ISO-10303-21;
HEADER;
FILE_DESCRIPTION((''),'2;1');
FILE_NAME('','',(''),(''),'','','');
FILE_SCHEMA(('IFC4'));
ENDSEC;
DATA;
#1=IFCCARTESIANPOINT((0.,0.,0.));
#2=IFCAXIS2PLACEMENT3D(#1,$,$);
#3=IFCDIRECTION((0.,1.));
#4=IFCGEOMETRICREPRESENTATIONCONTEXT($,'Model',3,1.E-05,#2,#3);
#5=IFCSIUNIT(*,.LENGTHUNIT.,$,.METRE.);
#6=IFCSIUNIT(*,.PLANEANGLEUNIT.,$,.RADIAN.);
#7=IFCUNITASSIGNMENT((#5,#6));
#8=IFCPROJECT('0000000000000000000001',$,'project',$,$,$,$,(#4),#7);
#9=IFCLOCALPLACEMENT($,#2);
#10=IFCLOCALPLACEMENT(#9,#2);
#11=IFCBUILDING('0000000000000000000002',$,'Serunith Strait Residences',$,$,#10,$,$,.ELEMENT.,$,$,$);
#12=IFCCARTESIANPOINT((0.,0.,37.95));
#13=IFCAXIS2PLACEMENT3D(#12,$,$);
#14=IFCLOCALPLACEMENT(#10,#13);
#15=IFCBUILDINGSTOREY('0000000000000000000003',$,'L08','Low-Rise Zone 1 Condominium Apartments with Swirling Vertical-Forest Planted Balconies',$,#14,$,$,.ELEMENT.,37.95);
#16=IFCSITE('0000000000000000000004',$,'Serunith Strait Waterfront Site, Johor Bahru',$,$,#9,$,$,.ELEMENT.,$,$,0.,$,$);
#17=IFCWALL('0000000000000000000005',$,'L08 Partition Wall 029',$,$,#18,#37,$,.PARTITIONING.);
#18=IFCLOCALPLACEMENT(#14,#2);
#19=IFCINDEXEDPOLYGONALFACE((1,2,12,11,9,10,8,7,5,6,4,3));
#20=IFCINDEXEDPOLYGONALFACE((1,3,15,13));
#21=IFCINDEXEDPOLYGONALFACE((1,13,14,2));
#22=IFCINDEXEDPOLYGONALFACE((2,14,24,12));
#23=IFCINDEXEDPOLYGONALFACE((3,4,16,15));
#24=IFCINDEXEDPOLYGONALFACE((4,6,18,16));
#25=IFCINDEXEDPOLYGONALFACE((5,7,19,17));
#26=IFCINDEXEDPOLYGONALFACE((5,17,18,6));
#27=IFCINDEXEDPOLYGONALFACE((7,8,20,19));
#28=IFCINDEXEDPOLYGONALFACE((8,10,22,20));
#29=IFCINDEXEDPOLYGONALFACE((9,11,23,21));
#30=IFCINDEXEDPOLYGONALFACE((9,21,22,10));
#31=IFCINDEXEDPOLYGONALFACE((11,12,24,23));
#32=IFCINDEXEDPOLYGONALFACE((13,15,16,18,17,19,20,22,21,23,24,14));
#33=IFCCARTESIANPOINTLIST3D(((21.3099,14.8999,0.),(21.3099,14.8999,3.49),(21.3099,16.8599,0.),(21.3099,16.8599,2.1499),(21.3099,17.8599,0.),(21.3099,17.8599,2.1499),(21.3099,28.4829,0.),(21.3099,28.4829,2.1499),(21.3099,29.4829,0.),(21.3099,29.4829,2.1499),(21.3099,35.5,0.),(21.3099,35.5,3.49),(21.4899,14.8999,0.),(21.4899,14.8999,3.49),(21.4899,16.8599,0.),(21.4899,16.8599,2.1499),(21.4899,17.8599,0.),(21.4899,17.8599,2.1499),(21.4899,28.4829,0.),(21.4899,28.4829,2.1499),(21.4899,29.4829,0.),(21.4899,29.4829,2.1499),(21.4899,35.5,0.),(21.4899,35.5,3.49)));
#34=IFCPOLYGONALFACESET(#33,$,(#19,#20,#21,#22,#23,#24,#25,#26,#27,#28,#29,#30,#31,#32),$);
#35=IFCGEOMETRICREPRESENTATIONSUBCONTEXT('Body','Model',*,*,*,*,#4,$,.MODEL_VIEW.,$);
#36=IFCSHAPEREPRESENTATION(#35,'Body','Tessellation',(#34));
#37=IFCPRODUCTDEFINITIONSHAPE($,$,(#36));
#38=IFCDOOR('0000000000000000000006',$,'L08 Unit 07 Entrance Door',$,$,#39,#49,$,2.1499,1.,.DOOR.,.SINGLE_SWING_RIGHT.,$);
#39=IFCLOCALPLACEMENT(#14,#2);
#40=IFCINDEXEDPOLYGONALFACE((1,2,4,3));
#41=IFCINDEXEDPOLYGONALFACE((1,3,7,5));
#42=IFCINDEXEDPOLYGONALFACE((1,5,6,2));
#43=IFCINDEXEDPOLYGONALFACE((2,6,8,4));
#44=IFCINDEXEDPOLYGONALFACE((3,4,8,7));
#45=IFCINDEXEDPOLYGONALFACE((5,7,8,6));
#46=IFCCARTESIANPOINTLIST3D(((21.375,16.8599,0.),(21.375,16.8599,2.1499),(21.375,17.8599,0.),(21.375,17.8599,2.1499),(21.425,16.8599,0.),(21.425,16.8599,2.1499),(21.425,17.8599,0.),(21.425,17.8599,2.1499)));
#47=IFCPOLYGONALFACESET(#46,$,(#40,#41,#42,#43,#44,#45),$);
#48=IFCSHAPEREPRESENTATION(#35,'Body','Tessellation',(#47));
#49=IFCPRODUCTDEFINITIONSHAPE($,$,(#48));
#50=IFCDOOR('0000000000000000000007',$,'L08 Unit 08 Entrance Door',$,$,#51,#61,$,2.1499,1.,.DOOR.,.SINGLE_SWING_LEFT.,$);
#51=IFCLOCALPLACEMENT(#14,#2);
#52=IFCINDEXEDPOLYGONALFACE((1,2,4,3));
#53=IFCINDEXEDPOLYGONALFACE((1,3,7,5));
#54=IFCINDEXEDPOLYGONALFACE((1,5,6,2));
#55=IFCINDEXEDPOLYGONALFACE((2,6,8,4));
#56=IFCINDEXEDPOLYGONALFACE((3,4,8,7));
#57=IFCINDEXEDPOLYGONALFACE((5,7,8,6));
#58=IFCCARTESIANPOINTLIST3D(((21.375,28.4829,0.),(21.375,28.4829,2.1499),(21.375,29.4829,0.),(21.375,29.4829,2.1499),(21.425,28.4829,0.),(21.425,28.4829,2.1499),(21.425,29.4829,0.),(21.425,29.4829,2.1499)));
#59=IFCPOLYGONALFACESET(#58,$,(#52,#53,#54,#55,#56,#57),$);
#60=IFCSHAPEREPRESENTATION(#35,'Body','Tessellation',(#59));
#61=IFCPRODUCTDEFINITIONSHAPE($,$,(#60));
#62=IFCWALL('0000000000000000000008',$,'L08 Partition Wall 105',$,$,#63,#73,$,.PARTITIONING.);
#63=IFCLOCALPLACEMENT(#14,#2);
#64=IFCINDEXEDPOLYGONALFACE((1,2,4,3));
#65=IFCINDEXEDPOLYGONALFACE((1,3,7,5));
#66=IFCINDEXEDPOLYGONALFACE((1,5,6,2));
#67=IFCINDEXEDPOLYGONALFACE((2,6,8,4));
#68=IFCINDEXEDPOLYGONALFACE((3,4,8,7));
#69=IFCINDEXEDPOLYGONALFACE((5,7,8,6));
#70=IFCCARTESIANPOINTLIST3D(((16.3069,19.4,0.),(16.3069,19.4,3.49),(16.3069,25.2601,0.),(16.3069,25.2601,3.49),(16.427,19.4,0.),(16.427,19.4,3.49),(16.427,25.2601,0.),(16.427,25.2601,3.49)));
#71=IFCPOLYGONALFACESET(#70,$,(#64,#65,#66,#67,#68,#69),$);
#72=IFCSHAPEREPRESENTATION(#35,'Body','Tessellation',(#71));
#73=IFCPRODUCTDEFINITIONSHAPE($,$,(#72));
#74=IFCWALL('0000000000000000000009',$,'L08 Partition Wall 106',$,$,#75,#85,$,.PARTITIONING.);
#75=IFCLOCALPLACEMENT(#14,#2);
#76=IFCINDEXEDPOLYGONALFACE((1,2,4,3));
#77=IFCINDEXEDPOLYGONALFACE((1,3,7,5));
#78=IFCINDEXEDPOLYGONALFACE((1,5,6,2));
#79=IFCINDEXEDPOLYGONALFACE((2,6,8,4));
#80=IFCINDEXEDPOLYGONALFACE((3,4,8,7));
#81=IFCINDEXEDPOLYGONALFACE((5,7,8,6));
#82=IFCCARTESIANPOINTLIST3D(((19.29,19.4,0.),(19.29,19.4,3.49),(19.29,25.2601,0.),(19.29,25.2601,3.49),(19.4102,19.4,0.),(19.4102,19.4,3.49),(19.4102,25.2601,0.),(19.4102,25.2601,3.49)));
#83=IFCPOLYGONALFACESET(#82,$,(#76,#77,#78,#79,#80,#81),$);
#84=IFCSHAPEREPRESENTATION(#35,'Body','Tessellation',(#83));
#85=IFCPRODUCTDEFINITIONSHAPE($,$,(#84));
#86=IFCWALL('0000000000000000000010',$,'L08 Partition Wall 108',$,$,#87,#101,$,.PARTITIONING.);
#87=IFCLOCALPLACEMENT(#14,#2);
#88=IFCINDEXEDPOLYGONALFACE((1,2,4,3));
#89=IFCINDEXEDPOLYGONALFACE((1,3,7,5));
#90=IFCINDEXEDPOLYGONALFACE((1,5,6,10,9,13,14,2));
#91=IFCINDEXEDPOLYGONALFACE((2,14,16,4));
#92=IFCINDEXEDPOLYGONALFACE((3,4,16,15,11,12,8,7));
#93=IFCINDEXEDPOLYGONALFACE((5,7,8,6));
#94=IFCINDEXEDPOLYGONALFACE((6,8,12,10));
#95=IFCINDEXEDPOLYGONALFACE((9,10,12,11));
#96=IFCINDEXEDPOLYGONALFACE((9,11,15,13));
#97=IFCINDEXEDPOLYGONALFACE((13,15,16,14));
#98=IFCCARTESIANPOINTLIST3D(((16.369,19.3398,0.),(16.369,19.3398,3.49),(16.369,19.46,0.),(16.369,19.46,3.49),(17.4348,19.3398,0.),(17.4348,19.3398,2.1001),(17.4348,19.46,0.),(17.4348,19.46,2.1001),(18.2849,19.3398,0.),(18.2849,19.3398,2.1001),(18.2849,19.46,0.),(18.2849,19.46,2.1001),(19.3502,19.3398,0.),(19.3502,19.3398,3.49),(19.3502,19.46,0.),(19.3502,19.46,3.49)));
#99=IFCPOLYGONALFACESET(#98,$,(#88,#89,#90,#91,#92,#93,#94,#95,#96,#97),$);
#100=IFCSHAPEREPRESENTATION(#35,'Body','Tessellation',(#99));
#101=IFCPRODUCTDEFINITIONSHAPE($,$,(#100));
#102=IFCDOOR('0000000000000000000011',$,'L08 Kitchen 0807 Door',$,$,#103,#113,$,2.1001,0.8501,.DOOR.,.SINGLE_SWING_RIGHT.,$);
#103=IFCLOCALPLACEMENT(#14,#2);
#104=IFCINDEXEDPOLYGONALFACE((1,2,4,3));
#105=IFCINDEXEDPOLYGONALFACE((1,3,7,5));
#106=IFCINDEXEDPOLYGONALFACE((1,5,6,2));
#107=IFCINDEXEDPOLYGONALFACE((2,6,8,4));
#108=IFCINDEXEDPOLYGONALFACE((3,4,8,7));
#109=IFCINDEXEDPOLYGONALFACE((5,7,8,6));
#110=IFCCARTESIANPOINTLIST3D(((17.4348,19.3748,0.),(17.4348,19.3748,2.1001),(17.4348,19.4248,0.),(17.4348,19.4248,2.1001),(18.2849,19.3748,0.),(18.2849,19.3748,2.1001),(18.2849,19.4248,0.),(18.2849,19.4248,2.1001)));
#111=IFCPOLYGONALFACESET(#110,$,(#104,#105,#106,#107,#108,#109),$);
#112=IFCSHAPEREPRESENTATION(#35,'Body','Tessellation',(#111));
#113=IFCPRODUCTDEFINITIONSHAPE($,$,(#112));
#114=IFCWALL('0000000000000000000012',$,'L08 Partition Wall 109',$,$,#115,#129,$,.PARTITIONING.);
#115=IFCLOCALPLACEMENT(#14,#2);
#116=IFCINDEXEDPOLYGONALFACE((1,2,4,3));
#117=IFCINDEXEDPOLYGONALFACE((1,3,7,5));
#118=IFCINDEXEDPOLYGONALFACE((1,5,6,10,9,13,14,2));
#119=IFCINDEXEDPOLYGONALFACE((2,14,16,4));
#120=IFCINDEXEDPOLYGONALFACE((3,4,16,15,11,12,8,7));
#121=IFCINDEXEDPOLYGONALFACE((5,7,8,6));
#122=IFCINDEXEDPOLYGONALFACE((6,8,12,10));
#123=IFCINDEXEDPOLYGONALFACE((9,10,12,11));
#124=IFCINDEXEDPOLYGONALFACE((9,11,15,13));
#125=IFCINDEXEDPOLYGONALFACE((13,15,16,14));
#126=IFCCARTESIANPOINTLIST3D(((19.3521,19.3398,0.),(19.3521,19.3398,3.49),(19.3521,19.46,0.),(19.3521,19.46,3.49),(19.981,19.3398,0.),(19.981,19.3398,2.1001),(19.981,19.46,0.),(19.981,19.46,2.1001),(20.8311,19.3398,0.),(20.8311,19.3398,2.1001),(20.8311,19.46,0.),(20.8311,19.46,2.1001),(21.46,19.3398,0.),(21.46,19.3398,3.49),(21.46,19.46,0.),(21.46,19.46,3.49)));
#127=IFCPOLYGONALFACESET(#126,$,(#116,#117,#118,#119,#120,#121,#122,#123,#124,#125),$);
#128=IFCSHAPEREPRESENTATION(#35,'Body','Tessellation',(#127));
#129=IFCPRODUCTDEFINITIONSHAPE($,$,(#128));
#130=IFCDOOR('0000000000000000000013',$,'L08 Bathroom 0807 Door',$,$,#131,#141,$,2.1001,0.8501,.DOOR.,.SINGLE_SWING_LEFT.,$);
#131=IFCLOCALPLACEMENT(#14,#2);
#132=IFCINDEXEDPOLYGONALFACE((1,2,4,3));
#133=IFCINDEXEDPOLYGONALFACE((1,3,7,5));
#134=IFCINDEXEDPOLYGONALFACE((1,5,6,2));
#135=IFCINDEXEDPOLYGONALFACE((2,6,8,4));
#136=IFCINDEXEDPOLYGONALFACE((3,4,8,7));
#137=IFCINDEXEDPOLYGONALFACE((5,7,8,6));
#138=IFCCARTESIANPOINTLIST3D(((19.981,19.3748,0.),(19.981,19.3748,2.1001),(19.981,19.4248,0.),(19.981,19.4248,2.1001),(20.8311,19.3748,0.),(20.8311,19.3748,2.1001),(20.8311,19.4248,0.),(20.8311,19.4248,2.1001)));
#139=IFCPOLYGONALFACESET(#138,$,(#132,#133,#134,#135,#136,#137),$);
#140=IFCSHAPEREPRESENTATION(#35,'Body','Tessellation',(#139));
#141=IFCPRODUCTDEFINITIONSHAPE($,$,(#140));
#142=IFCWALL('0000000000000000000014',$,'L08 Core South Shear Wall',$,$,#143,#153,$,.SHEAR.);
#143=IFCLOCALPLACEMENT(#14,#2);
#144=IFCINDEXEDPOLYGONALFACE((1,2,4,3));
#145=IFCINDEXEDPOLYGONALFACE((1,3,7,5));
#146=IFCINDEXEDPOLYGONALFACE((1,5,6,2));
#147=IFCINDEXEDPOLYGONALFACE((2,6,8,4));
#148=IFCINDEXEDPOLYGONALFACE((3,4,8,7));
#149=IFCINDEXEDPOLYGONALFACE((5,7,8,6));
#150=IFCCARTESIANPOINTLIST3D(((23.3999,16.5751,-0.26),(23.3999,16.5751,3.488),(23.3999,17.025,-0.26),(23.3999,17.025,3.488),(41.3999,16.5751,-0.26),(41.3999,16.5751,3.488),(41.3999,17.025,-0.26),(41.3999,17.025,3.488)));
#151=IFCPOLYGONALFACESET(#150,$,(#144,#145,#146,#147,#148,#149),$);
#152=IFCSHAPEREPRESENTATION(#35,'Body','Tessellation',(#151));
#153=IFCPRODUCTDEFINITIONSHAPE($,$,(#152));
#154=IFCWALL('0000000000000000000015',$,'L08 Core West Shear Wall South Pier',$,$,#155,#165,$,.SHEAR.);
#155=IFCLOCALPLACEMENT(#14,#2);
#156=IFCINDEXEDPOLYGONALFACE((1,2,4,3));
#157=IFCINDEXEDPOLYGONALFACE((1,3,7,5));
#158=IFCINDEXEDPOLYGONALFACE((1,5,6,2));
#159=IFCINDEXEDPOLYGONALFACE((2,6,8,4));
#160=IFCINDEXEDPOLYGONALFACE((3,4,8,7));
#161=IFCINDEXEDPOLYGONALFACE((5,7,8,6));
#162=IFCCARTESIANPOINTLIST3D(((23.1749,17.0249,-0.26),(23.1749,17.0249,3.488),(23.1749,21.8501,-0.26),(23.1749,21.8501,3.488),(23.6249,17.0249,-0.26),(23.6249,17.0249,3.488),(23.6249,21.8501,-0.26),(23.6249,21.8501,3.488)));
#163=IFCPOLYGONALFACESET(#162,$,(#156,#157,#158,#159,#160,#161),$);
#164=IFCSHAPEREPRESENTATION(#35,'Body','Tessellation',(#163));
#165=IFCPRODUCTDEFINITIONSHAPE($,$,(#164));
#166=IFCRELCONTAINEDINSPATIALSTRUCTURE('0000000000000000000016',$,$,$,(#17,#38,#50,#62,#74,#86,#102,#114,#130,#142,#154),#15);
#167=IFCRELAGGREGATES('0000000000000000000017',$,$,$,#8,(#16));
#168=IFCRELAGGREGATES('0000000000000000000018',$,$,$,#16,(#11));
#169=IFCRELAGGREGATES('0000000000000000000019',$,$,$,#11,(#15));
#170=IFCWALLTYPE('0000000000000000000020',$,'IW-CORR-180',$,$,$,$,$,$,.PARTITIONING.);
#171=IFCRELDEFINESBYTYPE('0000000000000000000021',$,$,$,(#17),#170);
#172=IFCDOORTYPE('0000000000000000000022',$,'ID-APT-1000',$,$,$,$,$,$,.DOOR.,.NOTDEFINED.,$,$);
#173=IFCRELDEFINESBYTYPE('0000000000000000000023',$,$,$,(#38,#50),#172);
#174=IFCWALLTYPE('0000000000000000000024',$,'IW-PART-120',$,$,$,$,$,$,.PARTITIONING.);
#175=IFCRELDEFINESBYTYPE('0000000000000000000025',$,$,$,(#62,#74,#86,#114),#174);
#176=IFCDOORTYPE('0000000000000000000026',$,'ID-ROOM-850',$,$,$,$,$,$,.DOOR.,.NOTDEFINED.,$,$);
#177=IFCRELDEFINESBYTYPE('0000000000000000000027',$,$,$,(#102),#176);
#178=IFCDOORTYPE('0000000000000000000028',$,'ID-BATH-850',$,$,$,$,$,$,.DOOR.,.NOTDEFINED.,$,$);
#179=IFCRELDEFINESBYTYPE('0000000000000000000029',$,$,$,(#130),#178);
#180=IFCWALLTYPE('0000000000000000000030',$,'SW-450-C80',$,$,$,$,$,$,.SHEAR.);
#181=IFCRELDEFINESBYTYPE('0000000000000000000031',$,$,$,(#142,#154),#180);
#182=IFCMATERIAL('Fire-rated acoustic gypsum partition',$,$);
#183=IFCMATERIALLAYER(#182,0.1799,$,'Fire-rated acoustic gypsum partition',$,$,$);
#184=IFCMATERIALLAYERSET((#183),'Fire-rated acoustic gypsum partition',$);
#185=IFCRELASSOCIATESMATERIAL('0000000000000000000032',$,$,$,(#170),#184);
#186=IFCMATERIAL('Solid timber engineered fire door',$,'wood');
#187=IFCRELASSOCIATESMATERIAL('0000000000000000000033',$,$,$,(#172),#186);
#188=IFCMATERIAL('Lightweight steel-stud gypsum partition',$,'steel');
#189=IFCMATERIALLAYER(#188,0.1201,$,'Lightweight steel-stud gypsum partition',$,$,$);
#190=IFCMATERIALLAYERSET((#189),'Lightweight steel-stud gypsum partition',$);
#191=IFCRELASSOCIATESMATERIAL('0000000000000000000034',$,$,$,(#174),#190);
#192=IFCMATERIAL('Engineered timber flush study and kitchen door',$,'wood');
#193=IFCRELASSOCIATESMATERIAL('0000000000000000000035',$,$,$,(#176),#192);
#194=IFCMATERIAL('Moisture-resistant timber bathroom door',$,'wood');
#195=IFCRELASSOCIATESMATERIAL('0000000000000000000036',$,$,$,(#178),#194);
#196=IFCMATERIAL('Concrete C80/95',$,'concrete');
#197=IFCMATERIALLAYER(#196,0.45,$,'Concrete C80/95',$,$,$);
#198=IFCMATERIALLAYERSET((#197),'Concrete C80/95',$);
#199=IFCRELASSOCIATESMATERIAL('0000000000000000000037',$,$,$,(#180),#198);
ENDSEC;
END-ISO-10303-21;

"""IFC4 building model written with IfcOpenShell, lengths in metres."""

from ifc_helpers import new_model, si_unit, direction, frame, frame_2d, origin, place, context, subcontext, project, spatial, rectangle, extrude, source, transform, mapped, material, layer, layer_set, type_object, element, fill, save


model = new_model("IFC4")

# Units and contexts
model_context = context("Model", 3, precision=1e-05, world=origin(), true_north=direction((0.0, 1.0)))
body_context = subcontext(model_context, "Body", "Model", "MODEL_VIEW")
ifc_project = project(units=[si_unit("LENGTHUNIT", "METRE"), si_unit("PLANEANGLEUNIT", "RADIAN")], contexts=[model_context])

# Site, building, storey
site_placement = place(None, origin())
site = spatial("IfcSite", under=ifc_project, at=site_placement, Name="Serunith Strait Waterfront Site, Johor Bahru", CompositionType="ELEMENT", RefElevation=0.0)
building_placement = place(site_placement, origin())
building = spatial("IfcBuilding", under=site, at=building_placement, Name="Serunith Strait Residences", CompositionType="ELEMENT")
storey_placement = place(building_placement, frame((0.0, 0.0, 37.95)))
storey = spatial("IfcBuildingStorey", under=building, at=storey_placement, Name="L08", Description="Low-Rise Zone 1 Condominium Apartments with Swirling Vertical-Forest Planted Balconies", CompositionType="ELEMENT", Elevation=37.95)

# Wall, openings, doors
ifc_material_1 = material(Name="Fire-rated acoustic gypsum partition")
ifc_layer_1 = layer(ifc_material_1, 0.1799, Name="Fire-rated acoustic gypsum partition")
ifc_layer_set_1 = layer_set([ifc_layer_1], Name="Fire-rated acoustic gypsum partition")
wall_type_1 = type_object("IfcWallType", Name="IW-CORR-180", PredefinedType="PARTITIONING", material=ifc_layer_set_1)
ifc_material_2 = material(Name="Solid timber engineered fire door", Category="wood")
door_type_1 = type_object("IfcDoorType", Name="ID-APT-1000", OperationType="NOTDEFINED", PredefinedType="DOOR", material=ifc_material_2)
shared_shape_1 = source(origin(), body_context, "Body", "SweptSolid", [
    extrude(rectangle(XDim=1.0, YDim=2.1499, at=frame_2d((0.5, 1.075))), frame((0.0, 0.0249, 0.0), z_axis=(0.0, -1.0, 0.0), x_axis=(1.0, 0.0, 0.0)), (0.0, 0.0, 1.0), 0.05),
])
wall_1_placement = place(storey_placement, frame((21.3999, 14.8999, 0.0), z_axis=(0.0, 0.0, 1.0), x_axis=(0.0, 1.0, 0.0)))
wall_1 = element("IfcWall", 1, at=wall_1_placement, inside=storey, type_object=wall_type_1, Name="L08 Partition Wall 029", PredefinedType="PARTITIONING", context=body_context, shape_type="SweptSolid", body=[
    extrude(rectangle(XDim=20.6001, YDim=0.1799, at=frame_2d((10.3, 0.0))), origin(), (0.0, 0.0, 1.0), 3.49),
])
opening_1_placement = place(wall_1_placement, frame((1.96, 0.0, 0.0)))
opening_1 = element("IfcOpeningElement", 2, at=opening_1_placement, cuts=wall_1, PredefinedType="OPENING", context=body_context, shape_type="SweptSolid", body=[
    extrude(rectangle(XDim=1.0, YDim=2.1499, at=frame_2d((0.5, 1.075))), frame((0.0, 0.1001, 0.0), z_axis=(0.0, -1.0, 0.0), x_axis=(1.0, 0.0, 0.0)), (0.0, 0.0, 1.0), 0.2),
])
opening_2_placement = place(wall_1_placement, frame((13.583, 0.0, 0.0)))
opening_2 = element("IfcOpeningElement", 3, at=opening_2_placement, cuts=wall_1, PredefinedType="OPENING", context=body_context, shape_type="SweptSolid", body=[
    extrude(rectangle(XDim=1.0, YDim=2.1499, at=frame_2d((0.5, 1.075))), frame((0.0, 0.1001, 0.0), z_axis=(0.0, -1.0, 0.0), x_axis=(1.0, 0.0, 0.0)), (0.0, 0.0, 1.0), 0.2),
])
door_1_placement = place(opening_1_placement, origin())
door_1 = element("IfcDoor", 4, at=door_1_placement, inside=storey, type_object=door_type_1, Name="L08 Unit 07 Entrance Door", OperationType="SINGLE_SWING_RIGHT", OverallHeight=2.1499, OverallWidth=1.0, PredefinedType="DOOR", context=body_context, shape_type="MappedRepresentation", body=[
    mapped(shared_shape_1, transform((0.0, 0.0, 0.0), scale=1.0)),
])
fill(opening_1, door_1)
door_2_placement = place(opening_2_placement, origin())
door_2 = element("IfcDoor", 5, at=door_2_placement, inside=storey, type_object=door_type_1, Name="L08 Unit 08 Entrance Door", OperationType="SINGLE_SWING_LEFT", OverallHeight=2.1499, OverallWidth=1.0, PredefinedType="DOOR", context=body_context, shape_type="MappedRepresentation", body=[
    mapped(shared_shape_1, transform((0.0, 0.0, 0.0), scale=1.0)),
])
fill(opening_2, door_2)

# Walls
ifc_material_3 = material(Name="Lightweight steel-stud gypsum partition", Category="steel")
ifc_layer_2 = layer(ifc_material_3, 0.1201, Name="Lightweight steel-stud gypsum partition")
ifc_layer_set_2 = layer_set([ifc_layer_2], Name="Lightweight steel-stud gypsum partition")
wall_type_2 = type_object("IfcWallType", Name="IW-PART-120", PredefinedType="PARTITIONING", material=ifc_layer_set_2)
for number, where, z_axis, x_axis, name in (
    (6, (16.3669, 19.3999, 0.0), (0.0, 0.0, 1.0), (0.0, 1.0, 0.0), "L08 Partition Wall 105"),
    (7, (19.3501, 19.3999, 0.0), (0.0, 0.0, 1.0), (0.0, 1.0, 0.0), "L08 Partition Wall 106"),
):
    element("IfcWall", number, at=place(storey_placement, frame(where, z_axis=z_axis, x_axis=x_axis)), inside=storey, type_object=wall_type_2, Name=name, PredefinedType="PARTITIONING", context=body_context, shape_type="SweptSolid", body=[
        extrude(rectangle(XDim=5.8601, YDim=0.1201, at=frame_2d((2.9302, 0.0))), origin(), (0.0, 0.0, 1.0), 3.49),
    ])

# Walls, openings, doors
wall_2_placement = place(storey_placement, frame((16.3689, 19.3999, 0.0), z_axis=(0.0, 0.0, 1.0), x_axis=(1.0, 0.0, 0.0)))
wall_2 = element("IfcWall", 8, at=wall_2_placement, inside=storey, type_object=wall_type_2, Name="L08 Partition Wall 108", PredefinedType="PARTITIONING", context=body_context, shape_type="SweptSolid", body=[
    extrude(rectangle(XDim=2.9812, YDim=0.1201, at=frame_2d((1.4907, 0.0))), origin(), (0.0, 0.0, 1.0), 3.49),
])
opening_3_placement = place(wall_2_placement, frame((1.0659, 0.0, 0.0)))
opening_3 = element("IfcOpeningElement", 9, at=opening_3_placement, cuts=wall_2, PredefinedType="OPENING", context=body_context, shape_type="SweptSolid", body=[
    extrude(rectangle(XDim=0.8501, YDim=2.1001, at=frame_2d((0.425, 1.05))), frame((0.0, 0.0701, 0.0), z_axis=(0.0, -1.0, 0.0), x_axis=(1.0, 0.0, 0.0)), (0.0, 0.0, 1.0), 0.1401),
])
ifc_material_4 = material(Name="Engineered timber flush study and kitchen door", Category="wood")
door_type_2 = type_object("IfcDoorType", Name="ID-ROOM-850", OperationType="NOTDEFINED", PredefinedType="DOOR", material=ifc_material_4)
shared_shape_2 = source(origin(), body_context, "Body", "SweptSolid", [
    extrude(rectangle(XDim=0.8501, YDim=2.1001, at=frame_2d((0.425, 1.05))), frame((0.0, 0.0249, 0.0), z_axis=(0.0, -1.0, 0.0), x_axis=(1.0, 0.0, 0.0)), (0.0, 0.0, 1.0), 0.05),
])
door_3_placement = place(opening_3_placement, origin())
door_3 = element("IfcDoor", 10, at=door_3_placement, inside=storey, type_object=door_type_2, Name="L08 Kitchen 0807 Door", OperationType="SINGLE_SWING_RIGHT", OverallHeight=2.1001, OverallWidth=0.8501, PredefinedType="DOOR", context=body_context, shape_type="MappedRepresentation", body=[
    mapped(shared_shape_2, transform((0.0, 0.0, 0.0), scale=1.0)),
])
fill(opening_3, door_3)
wall_3_placement = place(storey_placement, frame((19.3521, 19.3999, 0.0), z_axis=(0.0, 0.0, 1.0), x_axis=(1.0, 0.0, 0.0)))
wall_3 = element("IfcWall", 11, at=wall_3_placement, inside=storey, type_object=wall_type_2, Name="L08 Partition Wall 109", PredefinedType="PARTITIONING", context=body_context, shape_type="SweptSolid", body=[
    extrude(rectangle(XDim=2.1079, YDim=0.1201, at=frame_2d((1.054, 0.0))), origin(), (0.0, 0.0, 1.0), 3.49),
])
opening_4_placement = place(wall_3_placement, frame((0.6289, 0.0, 0.0)))
opening_4 = element("IfcOpeningElement", 12, at=opening_4_placement, cuts=wall_3, PredefinedType="OPENING", context=body_context, shape_type="SweptSolid", body=[
    extrude(rectangle(XDim=0.8501, YDim=2.1001, at=frame_2d((0.425, 1.05))), frame((0.0, 0.0701, 0.0), z_axis=(0.0, -1.0, 0.0), x_axis=(1.0, 0.0, 0.0)), (0.0, 0.0, 1.0), 0.1401),
])
ifc_material_5 = material(Name="Moisture-resistant timber bathroom door", Category="wood")
door_type_3 = type_object("IfcDoorType", Name="ID-BATH-850", OperationType="NOTDEFINED", PredefinedType="DOOR", material=ifc_material_5)
door_4_placement = place(opening_4_placement, origin())
door_4 = element("IfcDoor", 13, at=door_4_placement, inside=storey, type_object=door_type_3, Name="L08 Bathroom 0807 Door", OperationType="SINGLE_SWING_LEFT", OverallHeight=2.1001, OverallWidth=0.8501, PredefinedType="DOOR", context=body_context, shape_type="MappedRepresentation", body=[
    mapped(shared_shape_2, transform((0.0, 0.0, 0.0), scale=1.0)),
])
fill(opening_4, door_4)

# Walls
ifc_material_6 = material(Name="Concrete C80/95", Category="concrete")
ifc_layer_3 = layer(ifc_material_6, 0.45, Name="Concrete C80/95")
ifc_layer_set_3 = layer_set([ifc_layer_3], Name="Concrete C80/95")
wall_type_3 = type_object("IfcWallType", Name="SW-450-C80", PredefinedType="SHEAR", material=ifc_layer_set_3)
wall_4_placement = place(storey_placement, frame((23.3999, 16.8, -0.26), z_axis=(0.0, 0.0, 1.0), x_axis=(1.0, 0.0, 0.0)))
element("IfcWall", 14, at=wall_4_placement, inside=storey, type_object=wall_type_3, Name="L08 Core South Shear Wall", PredefinedType="SHEAR", context=body_context, shape_type="SweptSolid", body=[
    extrude(rectangle(XDim=18.0, YDim=0.45, at=frame_2d((9.0, 0.0))), origin(), (0.0, 0.0, 1.0), 3.748),
])
wall_5_placement = place(storey_placement, frame((23.3999, 17.0249, -0.26), z_axis=(0.0, 0.0, 1.0), x_axis=(0.0, 1.0, 0.0)))
element("IfcWall", 15, at=wall_5_placement, inside=storey, type_object=wall_type_3, Name="L08 Core West Shear Wall South Pier", PredefinedType="SHEAR", context=body_context, shape_type="SweptSolid", body=[
    extrude(rectangle(XDim=4.8252, YDim=0.45, at=frame_2d((2.4126, 0.0))), origin(), (0.0, 0.0, 1.0), 3.748),
])

save(model, "model.ifc")
